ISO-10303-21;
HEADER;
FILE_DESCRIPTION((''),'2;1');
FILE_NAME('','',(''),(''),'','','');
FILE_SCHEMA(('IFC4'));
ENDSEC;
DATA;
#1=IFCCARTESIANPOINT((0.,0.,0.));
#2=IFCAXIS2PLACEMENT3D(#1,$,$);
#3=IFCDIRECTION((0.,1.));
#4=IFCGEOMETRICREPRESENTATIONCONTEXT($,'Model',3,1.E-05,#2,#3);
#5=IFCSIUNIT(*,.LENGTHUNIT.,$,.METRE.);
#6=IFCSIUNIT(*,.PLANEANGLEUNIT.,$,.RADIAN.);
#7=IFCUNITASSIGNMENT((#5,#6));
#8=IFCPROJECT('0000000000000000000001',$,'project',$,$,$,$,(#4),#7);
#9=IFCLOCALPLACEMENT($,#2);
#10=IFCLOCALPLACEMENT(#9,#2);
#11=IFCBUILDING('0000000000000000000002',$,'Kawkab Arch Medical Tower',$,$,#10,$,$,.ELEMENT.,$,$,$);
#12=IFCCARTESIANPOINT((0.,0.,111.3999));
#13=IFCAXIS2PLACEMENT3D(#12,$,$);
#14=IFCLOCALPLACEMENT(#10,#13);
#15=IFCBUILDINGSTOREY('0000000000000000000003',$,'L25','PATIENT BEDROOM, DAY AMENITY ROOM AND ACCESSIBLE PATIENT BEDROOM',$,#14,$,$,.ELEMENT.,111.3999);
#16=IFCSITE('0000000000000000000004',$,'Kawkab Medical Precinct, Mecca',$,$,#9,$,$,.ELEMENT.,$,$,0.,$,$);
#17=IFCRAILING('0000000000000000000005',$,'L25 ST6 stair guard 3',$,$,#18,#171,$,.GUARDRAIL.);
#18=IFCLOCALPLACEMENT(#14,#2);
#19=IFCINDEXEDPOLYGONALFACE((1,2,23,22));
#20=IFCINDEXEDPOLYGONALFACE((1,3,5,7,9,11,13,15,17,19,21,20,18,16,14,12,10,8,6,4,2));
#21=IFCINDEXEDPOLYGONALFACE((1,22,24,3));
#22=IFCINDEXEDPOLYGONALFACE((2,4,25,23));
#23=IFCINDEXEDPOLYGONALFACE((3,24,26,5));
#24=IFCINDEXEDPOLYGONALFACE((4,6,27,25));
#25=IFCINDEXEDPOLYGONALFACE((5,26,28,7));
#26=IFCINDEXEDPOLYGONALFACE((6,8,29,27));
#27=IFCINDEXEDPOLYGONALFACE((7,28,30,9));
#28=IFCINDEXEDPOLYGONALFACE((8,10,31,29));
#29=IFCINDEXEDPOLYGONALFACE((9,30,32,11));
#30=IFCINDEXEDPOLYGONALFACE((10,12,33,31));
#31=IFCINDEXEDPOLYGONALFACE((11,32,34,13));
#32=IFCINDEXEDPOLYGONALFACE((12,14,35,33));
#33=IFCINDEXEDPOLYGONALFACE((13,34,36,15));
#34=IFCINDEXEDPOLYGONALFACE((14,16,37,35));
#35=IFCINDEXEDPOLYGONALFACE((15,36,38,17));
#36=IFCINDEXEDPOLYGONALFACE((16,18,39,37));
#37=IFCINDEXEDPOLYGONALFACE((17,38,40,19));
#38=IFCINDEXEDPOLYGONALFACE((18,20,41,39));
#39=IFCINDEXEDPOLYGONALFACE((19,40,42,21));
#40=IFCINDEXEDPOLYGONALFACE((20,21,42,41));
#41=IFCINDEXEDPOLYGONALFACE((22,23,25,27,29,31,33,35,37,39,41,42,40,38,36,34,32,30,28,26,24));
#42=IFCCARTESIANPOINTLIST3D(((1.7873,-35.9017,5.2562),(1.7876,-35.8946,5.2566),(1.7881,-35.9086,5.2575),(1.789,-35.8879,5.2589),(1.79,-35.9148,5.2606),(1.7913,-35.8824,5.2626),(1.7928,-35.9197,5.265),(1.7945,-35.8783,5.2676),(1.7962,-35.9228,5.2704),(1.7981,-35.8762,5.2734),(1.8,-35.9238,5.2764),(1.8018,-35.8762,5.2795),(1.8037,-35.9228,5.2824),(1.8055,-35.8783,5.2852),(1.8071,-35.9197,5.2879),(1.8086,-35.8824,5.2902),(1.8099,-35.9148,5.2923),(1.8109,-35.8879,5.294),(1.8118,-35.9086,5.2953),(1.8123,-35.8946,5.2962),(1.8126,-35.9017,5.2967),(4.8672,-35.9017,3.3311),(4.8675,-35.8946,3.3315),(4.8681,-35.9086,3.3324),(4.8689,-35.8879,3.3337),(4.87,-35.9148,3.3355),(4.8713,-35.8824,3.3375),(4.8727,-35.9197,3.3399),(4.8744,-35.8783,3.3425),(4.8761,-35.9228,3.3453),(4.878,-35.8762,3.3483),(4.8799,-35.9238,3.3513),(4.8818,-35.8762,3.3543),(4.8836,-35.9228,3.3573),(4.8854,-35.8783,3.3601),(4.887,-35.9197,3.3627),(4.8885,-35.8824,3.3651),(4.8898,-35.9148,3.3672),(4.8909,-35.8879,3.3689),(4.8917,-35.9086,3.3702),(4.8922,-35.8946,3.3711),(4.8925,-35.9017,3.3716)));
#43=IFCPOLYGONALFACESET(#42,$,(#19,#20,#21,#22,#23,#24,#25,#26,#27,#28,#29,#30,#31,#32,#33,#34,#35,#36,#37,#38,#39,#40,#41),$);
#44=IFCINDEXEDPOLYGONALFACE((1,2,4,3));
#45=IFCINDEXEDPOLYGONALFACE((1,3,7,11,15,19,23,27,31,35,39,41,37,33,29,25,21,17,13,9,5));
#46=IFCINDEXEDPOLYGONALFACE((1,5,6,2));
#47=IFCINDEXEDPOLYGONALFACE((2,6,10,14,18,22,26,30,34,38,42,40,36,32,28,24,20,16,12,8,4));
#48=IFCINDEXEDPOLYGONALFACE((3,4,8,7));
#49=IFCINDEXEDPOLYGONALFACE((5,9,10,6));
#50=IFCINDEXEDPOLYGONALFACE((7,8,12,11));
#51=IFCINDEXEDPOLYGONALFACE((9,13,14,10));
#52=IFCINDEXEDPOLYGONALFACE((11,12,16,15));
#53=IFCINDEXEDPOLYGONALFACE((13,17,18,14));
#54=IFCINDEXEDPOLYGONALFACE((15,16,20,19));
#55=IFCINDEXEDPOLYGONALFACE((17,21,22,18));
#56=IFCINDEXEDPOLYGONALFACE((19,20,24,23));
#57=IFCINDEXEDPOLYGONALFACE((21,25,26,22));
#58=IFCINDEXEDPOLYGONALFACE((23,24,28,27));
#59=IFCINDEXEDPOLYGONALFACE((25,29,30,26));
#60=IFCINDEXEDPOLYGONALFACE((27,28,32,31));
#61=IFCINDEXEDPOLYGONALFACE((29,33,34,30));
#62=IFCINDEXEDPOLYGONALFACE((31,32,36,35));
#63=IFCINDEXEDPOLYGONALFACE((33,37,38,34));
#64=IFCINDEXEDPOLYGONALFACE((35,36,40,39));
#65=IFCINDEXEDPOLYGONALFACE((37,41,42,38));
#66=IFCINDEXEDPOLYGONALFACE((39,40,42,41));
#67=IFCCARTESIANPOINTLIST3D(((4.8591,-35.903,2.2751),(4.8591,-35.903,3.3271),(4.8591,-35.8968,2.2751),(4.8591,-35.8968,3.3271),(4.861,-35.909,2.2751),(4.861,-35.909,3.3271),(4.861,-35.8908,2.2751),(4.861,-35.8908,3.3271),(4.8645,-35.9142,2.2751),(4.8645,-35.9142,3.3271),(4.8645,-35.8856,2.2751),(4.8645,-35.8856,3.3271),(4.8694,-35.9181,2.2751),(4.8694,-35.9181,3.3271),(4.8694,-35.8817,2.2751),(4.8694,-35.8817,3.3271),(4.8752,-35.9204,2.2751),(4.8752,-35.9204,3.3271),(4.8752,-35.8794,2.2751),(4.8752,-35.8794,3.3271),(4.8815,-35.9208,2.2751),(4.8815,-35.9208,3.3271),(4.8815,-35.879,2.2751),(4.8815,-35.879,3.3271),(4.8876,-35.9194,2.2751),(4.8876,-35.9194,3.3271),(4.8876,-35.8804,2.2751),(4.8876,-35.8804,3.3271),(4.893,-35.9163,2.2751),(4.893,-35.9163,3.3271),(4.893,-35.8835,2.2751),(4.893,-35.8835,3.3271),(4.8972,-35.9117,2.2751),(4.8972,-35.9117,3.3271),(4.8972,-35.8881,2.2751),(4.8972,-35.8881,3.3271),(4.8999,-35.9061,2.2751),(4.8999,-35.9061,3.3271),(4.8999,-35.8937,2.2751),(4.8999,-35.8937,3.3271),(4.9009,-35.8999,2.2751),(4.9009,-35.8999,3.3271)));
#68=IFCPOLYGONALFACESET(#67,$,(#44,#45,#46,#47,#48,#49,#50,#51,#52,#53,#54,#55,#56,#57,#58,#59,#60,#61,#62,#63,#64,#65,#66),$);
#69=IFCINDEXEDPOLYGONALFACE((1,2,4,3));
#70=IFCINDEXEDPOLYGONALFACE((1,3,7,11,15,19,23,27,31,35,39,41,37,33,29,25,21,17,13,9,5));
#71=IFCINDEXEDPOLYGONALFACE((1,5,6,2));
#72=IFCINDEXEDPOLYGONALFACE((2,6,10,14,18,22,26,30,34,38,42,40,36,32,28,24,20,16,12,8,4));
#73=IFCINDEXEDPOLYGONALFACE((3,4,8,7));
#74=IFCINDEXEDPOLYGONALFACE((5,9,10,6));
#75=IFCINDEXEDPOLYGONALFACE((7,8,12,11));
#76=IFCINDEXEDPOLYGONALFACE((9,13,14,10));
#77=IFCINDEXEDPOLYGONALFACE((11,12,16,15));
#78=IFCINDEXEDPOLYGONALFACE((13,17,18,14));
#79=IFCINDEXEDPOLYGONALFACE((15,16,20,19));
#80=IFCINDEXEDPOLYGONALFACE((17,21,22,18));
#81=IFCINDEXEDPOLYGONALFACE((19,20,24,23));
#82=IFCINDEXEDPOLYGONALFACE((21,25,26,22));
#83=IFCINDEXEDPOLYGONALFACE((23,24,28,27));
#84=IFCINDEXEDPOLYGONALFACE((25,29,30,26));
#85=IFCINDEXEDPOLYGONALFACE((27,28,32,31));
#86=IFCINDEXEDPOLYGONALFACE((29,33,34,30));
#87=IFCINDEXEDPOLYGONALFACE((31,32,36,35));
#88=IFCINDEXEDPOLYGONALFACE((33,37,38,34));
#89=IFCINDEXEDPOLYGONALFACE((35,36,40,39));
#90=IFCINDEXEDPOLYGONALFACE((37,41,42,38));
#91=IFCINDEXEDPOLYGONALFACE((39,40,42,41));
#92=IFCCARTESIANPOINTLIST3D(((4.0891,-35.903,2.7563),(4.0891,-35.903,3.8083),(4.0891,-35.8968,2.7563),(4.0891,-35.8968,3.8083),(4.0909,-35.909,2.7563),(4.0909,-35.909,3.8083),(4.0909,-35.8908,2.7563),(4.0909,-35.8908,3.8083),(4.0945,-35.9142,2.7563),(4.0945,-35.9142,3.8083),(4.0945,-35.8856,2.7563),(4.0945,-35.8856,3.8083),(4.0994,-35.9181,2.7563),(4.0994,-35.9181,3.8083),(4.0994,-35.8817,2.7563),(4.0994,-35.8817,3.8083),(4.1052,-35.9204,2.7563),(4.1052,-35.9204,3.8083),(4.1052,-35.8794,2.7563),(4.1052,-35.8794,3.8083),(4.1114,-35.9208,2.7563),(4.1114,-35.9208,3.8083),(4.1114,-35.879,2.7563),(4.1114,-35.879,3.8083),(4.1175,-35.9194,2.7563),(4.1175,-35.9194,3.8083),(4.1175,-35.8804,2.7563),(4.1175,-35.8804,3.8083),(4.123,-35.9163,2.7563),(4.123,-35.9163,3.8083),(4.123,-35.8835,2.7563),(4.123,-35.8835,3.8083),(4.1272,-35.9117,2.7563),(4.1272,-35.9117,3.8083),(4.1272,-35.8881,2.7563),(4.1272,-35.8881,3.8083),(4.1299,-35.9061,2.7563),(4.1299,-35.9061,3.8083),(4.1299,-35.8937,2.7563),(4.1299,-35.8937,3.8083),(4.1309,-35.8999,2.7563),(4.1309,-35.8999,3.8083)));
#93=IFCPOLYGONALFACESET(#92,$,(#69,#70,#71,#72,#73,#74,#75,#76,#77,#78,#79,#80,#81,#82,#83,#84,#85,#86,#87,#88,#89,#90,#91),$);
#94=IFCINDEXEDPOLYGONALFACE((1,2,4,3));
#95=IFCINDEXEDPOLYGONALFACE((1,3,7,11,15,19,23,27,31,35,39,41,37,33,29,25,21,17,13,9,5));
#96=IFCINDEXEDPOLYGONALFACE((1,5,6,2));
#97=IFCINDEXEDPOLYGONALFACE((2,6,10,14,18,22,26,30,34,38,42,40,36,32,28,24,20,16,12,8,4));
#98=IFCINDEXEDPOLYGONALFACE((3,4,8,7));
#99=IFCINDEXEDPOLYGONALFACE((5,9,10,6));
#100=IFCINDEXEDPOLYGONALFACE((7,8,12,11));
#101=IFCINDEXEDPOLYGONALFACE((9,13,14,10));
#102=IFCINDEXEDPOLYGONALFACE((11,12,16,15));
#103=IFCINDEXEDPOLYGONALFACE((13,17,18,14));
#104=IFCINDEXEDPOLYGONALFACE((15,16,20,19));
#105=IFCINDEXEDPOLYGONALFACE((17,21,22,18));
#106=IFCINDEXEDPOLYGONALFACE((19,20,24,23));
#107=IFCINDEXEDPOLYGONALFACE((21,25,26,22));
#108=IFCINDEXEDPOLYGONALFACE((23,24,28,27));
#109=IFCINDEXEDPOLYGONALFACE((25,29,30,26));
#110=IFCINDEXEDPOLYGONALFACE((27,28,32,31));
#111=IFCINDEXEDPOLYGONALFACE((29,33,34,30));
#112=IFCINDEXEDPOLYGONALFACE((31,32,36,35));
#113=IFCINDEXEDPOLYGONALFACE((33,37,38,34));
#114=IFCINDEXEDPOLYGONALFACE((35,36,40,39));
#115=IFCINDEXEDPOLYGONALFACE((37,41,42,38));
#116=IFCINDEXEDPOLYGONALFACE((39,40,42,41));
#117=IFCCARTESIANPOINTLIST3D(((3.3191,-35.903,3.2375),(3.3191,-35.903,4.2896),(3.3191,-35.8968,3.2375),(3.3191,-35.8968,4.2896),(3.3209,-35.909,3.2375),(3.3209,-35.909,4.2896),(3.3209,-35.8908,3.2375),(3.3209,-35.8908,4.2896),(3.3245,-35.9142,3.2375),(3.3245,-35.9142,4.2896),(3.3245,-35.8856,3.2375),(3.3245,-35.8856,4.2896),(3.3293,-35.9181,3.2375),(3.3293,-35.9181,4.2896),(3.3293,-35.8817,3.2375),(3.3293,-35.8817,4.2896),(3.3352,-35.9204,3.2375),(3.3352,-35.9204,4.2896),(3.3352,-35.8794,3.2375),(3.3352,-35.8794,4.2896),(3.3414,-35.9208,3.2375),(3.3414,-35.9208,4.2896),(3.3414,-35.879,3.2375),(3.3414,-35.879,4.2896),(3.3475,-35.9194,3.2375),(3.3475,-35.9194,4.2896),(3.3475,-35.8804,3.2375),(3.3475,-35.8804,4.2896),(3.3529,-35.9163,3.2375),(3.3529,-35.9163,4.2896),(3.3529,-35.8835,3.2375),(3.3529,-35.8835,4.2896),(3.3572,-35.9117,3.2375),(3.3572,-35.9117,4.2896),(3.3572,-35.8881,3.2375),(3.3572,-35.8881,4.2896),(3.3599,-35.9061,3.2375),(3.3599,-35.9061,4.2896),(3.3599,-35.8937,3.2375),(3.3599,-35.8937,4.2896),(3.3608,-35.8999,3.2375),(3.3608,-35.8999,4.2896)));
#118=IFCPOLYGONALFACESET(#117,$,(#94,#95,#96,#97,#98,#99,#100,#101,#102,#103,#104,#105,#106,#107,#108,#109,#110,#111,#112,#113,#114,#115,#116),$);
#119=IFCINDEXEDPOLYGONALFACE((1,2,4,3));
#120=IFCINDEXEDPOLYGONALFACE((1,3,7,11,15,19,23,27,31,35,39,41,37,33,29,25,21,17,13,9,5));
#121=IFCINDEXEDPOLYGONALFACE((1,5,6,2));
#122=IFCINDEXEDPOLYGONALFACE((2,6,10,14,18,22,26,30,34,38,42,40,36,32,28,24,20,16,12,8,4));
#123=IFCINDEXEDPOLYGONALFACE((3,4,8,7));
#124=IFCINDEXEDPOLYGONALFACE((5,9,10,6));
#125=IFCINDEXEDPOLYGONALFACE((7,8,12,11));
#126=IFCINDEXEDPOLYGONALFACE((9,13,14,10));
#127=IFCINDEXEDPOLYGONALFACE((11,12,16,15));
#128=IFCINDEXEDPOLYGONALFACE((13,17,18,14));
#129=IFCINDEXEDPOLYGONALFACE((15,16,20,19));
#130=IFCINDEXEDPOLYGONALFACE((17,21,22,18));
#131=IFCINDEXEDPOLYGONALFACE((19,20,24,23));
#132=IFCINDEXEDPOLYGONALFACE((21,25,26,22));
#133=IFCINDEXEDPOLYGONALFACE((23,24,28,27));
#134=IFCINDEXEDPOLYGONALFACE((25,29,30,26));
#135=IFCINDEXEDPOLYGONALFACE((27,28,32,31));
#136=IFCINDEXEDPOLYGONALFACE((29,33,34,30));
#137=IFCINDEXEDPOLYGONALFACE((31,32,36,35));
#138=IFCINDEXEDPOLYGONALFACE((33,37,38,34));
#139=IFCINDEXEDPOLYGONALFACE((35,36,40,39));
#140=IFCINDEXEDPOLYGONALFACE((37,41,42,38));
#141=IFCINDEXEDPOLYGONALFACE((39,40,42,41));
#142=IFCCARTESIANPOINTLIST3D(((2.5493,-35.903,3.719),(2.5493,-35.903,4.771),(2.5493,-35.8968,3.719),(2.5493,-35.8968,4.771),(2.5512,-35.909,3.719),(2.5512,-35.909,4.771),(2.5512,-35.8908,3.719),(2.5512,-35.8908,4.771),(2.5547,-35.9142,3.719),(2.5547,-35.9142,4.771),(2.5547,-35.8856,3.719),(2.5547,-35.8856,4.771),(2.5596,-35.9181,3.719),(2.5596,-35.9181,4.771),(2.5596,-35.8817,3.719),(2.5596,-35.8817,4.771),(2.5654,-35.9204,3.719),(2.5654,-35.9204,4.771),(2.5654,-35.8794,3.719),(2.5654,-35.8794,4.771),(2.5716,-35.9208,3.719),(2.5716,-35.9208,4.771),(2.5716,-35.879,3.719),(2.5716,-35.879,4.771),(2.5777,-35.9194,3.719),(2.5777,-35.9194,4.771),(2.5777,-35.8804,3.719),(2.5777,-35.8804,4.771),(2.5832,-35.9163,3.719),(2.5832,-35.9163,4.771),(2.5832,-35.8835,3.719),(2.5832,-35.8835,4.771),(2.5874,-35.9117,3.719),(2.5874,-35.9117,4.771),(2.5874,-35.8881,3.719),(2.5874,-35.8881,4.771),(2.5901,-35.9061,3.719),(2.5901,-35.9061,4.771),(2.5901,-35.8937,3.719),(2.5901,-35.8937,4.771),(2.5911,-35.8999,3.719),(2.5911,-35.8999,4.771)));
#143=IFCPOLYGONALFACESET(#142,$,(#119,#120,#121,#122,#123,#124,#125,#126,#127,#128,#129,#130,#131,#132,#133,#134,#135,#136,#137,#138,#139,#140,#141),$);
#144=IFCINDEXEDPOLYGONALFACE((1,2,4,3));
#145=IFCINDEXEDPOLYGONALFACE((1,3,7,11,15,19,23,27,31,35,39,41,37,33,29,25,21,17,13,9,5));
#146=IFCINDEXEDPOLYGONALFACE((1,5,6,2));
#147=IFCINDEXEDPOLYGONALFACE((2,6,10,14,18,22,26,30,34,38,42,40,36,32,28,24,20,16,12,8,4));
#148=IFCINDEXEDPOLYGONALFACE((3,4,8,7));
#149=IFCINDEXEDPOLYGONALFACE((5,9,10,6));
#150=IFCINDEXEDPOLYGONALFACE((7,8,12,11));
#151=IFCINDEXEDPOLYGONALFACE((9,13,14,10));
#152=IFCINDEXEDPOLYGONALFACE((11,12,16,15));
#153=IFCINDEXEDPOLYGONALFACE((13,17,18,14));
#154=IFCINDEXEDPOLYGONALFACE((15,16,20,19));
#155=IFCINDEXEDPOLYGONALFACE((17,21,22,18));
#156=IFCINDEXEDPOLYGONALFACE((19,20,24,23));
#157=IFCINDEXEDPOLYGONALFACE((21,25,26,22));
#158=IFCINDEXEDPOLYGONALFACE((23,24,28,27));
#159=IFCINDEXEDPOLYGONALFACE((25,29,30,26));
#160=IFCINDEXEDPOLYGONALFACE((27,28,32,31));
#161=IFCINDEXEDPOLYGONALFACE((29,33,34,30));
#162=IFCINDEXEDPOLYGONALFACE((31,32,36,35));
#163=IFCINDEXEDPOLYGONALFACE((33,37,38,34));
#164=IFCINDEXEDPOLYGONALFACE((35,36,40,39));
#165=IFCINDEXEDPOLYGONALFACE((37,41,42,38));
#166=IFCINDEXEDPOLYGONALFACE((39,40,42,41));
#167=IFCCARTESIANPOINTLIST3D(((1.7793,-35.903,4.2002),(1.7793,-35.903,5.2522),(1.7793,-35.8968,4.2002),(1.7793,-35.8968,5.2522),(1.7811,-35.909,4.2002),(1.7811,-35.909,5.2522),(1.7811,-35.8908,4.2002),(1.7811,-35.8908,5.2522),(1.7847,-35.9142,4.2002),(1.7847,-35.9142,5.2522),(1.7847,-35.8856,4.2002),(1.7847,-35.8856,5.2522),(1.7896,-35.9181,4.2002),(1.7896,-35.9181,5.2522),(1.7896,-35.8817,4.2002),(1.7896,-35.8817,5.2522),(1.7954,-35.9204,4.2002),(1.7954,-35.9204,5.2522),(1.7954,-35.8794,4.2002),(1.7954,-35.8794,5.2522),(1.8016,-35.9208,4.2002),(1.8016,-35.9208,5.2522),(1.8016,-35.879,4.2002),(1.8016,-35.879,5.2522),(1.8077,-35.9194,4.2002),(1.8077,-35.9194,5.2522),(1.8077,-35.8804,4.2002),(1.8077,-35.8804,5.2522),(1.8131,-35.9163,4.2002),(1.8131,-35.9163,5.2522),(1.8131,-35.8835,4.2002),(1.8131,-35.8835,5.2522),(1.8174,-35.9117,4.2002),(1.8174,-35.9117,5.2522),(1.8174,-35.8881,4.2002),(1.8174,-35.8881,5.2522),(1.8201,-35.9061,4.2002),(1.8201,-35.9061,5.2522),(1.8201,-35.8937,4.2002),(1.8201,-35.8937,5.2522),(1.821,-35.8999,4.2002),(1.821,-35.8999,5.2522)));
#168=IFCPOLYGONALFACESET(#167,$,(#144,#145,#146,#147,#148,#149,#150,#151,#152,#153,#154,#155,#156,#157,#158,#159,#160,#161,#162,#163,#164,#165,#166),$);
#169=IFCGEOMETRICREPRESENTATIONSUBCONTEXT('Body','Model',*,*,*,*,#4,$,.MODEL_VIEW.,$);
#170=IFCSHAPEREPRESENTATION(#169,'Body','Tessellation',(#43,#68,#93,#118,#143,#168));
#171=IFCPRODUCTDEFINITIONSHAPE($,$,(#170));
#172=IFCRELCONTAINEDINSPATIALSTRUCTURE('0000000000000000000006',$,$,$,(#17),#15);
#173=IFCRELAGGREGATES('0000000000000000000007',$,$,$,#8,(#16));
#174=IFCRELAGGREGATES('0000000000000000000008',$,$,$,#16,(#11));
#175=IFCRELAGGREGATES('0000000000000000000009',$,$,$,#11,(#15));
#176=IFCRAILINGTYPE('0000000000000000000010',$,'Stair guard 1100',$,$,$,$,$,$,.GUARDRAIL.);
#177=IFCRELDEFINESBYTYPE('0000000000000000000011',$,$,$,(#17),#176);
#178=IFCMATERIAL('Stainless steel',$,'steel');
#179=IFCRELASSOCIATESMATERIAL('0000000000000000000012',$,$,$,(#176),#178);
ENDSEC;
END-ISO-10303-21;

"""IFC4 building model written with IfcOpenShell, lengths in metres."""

from ifc_helpers import new_model, si_unit, direction, frame, origin, origin_2d, place, context, subcontext, project, spatial, circle, extrude, material, type_object, element, save


model = new_model("IFC4")

# Units and contexts
model_context = context("Model", 3, precision=1e-05, world=origin(), true_north=direction((0.0, 1.0)))
body_context = subcontext(model_context, "Body", "Model", "MODEL_VIEW")
ifc_project = project(units=[si_unit("LENGTHUNIT", "METRE"), si_unit("PLANEANGLEUNIT", "RADIAN")], contexts=[model_context])

# Site, building, storey
site_placement = place(None, origin())
site = spatial("IfcSite", under=ifc_project, at=site_placement, Name="Kawkab Medical Precinct, Mecca", CompositionType="ELEMENT", RefElevation=0.0)
building_placement = place(site_placement, origin())
building = spatial("IfcBuilding", under=site, at=building_placement, Name="Kawkab Arch Medical Tower", CompositionType="ELEMENT")
storey_placement = place(building_placement, frame((0.0, 0.0, 111.3999)))
storey = spatial("IfcBuildingStorey", under=building, at=storey_placement, Name="L25", Description="PATIENT BEDROOM, DAY AMENITY ROOM AND ACCESSIBLE PATIENT BEDROOM", CompositionType="ELEMENT", Elevation=111.3999)

# Railing
ifc_material_1 = material(Name="Stainless steel", Category="steel")
railing_type = type_object("IfcRailingType", Name="Stair guard 1100", PredefinedType="GUARDRAIL", material=ifc_material_1)
railing_1_placement = place(storey_placement, frame((4.8799, -35.8999, 2.2751)))
element("IfcRailing", 1, at=railing_1_placement, inside=storey, type_object=railing_type, Name="L25 ST6 stair guard 3", PredefinedType="GUARDRAIL", context=body_context, shape_type="SweptSolid", body=[
    extrude(circle(Radius=0.0239, at=origin_2d()), frame((0.0, 0.0, 1.0762), z_axis=(-0.847979, 0.0, 0.530029), x_axis=(0.0, -1.0, 0.0)), (0.0, 0.0, 1.0), 3.6321),
    extrude(circle(Radius=0.021, at=origin_2d()), origin(), (0.0, 0.0, 1.0), 1.052),
    extrude(circle(Radius=0.021, at=origin_2d()), frame((-0.77, 0.0, 0.4812)), (0.0, 0.0, 1.0), 1.052),
    extrude(circle(Radius=0.021, at=origin_2d()), frame((-1.54, 0.0, 0.9624)), (0.0, 0.0, 1.0), 1.052),
    extrude(circle(Radius=0.021, at=origin_2d()), frame((-2.3098, 0.0, 1.4438)), (0.0, 0.0, 1.0), 1.052),
    extrude(circle(Radius=0.021, at=origin_2d()), frame((-3.0798, 0.0, 1.925)), (0.0, 0.0, 1.0), 1.052),
])

save(model, "model.ifc")
